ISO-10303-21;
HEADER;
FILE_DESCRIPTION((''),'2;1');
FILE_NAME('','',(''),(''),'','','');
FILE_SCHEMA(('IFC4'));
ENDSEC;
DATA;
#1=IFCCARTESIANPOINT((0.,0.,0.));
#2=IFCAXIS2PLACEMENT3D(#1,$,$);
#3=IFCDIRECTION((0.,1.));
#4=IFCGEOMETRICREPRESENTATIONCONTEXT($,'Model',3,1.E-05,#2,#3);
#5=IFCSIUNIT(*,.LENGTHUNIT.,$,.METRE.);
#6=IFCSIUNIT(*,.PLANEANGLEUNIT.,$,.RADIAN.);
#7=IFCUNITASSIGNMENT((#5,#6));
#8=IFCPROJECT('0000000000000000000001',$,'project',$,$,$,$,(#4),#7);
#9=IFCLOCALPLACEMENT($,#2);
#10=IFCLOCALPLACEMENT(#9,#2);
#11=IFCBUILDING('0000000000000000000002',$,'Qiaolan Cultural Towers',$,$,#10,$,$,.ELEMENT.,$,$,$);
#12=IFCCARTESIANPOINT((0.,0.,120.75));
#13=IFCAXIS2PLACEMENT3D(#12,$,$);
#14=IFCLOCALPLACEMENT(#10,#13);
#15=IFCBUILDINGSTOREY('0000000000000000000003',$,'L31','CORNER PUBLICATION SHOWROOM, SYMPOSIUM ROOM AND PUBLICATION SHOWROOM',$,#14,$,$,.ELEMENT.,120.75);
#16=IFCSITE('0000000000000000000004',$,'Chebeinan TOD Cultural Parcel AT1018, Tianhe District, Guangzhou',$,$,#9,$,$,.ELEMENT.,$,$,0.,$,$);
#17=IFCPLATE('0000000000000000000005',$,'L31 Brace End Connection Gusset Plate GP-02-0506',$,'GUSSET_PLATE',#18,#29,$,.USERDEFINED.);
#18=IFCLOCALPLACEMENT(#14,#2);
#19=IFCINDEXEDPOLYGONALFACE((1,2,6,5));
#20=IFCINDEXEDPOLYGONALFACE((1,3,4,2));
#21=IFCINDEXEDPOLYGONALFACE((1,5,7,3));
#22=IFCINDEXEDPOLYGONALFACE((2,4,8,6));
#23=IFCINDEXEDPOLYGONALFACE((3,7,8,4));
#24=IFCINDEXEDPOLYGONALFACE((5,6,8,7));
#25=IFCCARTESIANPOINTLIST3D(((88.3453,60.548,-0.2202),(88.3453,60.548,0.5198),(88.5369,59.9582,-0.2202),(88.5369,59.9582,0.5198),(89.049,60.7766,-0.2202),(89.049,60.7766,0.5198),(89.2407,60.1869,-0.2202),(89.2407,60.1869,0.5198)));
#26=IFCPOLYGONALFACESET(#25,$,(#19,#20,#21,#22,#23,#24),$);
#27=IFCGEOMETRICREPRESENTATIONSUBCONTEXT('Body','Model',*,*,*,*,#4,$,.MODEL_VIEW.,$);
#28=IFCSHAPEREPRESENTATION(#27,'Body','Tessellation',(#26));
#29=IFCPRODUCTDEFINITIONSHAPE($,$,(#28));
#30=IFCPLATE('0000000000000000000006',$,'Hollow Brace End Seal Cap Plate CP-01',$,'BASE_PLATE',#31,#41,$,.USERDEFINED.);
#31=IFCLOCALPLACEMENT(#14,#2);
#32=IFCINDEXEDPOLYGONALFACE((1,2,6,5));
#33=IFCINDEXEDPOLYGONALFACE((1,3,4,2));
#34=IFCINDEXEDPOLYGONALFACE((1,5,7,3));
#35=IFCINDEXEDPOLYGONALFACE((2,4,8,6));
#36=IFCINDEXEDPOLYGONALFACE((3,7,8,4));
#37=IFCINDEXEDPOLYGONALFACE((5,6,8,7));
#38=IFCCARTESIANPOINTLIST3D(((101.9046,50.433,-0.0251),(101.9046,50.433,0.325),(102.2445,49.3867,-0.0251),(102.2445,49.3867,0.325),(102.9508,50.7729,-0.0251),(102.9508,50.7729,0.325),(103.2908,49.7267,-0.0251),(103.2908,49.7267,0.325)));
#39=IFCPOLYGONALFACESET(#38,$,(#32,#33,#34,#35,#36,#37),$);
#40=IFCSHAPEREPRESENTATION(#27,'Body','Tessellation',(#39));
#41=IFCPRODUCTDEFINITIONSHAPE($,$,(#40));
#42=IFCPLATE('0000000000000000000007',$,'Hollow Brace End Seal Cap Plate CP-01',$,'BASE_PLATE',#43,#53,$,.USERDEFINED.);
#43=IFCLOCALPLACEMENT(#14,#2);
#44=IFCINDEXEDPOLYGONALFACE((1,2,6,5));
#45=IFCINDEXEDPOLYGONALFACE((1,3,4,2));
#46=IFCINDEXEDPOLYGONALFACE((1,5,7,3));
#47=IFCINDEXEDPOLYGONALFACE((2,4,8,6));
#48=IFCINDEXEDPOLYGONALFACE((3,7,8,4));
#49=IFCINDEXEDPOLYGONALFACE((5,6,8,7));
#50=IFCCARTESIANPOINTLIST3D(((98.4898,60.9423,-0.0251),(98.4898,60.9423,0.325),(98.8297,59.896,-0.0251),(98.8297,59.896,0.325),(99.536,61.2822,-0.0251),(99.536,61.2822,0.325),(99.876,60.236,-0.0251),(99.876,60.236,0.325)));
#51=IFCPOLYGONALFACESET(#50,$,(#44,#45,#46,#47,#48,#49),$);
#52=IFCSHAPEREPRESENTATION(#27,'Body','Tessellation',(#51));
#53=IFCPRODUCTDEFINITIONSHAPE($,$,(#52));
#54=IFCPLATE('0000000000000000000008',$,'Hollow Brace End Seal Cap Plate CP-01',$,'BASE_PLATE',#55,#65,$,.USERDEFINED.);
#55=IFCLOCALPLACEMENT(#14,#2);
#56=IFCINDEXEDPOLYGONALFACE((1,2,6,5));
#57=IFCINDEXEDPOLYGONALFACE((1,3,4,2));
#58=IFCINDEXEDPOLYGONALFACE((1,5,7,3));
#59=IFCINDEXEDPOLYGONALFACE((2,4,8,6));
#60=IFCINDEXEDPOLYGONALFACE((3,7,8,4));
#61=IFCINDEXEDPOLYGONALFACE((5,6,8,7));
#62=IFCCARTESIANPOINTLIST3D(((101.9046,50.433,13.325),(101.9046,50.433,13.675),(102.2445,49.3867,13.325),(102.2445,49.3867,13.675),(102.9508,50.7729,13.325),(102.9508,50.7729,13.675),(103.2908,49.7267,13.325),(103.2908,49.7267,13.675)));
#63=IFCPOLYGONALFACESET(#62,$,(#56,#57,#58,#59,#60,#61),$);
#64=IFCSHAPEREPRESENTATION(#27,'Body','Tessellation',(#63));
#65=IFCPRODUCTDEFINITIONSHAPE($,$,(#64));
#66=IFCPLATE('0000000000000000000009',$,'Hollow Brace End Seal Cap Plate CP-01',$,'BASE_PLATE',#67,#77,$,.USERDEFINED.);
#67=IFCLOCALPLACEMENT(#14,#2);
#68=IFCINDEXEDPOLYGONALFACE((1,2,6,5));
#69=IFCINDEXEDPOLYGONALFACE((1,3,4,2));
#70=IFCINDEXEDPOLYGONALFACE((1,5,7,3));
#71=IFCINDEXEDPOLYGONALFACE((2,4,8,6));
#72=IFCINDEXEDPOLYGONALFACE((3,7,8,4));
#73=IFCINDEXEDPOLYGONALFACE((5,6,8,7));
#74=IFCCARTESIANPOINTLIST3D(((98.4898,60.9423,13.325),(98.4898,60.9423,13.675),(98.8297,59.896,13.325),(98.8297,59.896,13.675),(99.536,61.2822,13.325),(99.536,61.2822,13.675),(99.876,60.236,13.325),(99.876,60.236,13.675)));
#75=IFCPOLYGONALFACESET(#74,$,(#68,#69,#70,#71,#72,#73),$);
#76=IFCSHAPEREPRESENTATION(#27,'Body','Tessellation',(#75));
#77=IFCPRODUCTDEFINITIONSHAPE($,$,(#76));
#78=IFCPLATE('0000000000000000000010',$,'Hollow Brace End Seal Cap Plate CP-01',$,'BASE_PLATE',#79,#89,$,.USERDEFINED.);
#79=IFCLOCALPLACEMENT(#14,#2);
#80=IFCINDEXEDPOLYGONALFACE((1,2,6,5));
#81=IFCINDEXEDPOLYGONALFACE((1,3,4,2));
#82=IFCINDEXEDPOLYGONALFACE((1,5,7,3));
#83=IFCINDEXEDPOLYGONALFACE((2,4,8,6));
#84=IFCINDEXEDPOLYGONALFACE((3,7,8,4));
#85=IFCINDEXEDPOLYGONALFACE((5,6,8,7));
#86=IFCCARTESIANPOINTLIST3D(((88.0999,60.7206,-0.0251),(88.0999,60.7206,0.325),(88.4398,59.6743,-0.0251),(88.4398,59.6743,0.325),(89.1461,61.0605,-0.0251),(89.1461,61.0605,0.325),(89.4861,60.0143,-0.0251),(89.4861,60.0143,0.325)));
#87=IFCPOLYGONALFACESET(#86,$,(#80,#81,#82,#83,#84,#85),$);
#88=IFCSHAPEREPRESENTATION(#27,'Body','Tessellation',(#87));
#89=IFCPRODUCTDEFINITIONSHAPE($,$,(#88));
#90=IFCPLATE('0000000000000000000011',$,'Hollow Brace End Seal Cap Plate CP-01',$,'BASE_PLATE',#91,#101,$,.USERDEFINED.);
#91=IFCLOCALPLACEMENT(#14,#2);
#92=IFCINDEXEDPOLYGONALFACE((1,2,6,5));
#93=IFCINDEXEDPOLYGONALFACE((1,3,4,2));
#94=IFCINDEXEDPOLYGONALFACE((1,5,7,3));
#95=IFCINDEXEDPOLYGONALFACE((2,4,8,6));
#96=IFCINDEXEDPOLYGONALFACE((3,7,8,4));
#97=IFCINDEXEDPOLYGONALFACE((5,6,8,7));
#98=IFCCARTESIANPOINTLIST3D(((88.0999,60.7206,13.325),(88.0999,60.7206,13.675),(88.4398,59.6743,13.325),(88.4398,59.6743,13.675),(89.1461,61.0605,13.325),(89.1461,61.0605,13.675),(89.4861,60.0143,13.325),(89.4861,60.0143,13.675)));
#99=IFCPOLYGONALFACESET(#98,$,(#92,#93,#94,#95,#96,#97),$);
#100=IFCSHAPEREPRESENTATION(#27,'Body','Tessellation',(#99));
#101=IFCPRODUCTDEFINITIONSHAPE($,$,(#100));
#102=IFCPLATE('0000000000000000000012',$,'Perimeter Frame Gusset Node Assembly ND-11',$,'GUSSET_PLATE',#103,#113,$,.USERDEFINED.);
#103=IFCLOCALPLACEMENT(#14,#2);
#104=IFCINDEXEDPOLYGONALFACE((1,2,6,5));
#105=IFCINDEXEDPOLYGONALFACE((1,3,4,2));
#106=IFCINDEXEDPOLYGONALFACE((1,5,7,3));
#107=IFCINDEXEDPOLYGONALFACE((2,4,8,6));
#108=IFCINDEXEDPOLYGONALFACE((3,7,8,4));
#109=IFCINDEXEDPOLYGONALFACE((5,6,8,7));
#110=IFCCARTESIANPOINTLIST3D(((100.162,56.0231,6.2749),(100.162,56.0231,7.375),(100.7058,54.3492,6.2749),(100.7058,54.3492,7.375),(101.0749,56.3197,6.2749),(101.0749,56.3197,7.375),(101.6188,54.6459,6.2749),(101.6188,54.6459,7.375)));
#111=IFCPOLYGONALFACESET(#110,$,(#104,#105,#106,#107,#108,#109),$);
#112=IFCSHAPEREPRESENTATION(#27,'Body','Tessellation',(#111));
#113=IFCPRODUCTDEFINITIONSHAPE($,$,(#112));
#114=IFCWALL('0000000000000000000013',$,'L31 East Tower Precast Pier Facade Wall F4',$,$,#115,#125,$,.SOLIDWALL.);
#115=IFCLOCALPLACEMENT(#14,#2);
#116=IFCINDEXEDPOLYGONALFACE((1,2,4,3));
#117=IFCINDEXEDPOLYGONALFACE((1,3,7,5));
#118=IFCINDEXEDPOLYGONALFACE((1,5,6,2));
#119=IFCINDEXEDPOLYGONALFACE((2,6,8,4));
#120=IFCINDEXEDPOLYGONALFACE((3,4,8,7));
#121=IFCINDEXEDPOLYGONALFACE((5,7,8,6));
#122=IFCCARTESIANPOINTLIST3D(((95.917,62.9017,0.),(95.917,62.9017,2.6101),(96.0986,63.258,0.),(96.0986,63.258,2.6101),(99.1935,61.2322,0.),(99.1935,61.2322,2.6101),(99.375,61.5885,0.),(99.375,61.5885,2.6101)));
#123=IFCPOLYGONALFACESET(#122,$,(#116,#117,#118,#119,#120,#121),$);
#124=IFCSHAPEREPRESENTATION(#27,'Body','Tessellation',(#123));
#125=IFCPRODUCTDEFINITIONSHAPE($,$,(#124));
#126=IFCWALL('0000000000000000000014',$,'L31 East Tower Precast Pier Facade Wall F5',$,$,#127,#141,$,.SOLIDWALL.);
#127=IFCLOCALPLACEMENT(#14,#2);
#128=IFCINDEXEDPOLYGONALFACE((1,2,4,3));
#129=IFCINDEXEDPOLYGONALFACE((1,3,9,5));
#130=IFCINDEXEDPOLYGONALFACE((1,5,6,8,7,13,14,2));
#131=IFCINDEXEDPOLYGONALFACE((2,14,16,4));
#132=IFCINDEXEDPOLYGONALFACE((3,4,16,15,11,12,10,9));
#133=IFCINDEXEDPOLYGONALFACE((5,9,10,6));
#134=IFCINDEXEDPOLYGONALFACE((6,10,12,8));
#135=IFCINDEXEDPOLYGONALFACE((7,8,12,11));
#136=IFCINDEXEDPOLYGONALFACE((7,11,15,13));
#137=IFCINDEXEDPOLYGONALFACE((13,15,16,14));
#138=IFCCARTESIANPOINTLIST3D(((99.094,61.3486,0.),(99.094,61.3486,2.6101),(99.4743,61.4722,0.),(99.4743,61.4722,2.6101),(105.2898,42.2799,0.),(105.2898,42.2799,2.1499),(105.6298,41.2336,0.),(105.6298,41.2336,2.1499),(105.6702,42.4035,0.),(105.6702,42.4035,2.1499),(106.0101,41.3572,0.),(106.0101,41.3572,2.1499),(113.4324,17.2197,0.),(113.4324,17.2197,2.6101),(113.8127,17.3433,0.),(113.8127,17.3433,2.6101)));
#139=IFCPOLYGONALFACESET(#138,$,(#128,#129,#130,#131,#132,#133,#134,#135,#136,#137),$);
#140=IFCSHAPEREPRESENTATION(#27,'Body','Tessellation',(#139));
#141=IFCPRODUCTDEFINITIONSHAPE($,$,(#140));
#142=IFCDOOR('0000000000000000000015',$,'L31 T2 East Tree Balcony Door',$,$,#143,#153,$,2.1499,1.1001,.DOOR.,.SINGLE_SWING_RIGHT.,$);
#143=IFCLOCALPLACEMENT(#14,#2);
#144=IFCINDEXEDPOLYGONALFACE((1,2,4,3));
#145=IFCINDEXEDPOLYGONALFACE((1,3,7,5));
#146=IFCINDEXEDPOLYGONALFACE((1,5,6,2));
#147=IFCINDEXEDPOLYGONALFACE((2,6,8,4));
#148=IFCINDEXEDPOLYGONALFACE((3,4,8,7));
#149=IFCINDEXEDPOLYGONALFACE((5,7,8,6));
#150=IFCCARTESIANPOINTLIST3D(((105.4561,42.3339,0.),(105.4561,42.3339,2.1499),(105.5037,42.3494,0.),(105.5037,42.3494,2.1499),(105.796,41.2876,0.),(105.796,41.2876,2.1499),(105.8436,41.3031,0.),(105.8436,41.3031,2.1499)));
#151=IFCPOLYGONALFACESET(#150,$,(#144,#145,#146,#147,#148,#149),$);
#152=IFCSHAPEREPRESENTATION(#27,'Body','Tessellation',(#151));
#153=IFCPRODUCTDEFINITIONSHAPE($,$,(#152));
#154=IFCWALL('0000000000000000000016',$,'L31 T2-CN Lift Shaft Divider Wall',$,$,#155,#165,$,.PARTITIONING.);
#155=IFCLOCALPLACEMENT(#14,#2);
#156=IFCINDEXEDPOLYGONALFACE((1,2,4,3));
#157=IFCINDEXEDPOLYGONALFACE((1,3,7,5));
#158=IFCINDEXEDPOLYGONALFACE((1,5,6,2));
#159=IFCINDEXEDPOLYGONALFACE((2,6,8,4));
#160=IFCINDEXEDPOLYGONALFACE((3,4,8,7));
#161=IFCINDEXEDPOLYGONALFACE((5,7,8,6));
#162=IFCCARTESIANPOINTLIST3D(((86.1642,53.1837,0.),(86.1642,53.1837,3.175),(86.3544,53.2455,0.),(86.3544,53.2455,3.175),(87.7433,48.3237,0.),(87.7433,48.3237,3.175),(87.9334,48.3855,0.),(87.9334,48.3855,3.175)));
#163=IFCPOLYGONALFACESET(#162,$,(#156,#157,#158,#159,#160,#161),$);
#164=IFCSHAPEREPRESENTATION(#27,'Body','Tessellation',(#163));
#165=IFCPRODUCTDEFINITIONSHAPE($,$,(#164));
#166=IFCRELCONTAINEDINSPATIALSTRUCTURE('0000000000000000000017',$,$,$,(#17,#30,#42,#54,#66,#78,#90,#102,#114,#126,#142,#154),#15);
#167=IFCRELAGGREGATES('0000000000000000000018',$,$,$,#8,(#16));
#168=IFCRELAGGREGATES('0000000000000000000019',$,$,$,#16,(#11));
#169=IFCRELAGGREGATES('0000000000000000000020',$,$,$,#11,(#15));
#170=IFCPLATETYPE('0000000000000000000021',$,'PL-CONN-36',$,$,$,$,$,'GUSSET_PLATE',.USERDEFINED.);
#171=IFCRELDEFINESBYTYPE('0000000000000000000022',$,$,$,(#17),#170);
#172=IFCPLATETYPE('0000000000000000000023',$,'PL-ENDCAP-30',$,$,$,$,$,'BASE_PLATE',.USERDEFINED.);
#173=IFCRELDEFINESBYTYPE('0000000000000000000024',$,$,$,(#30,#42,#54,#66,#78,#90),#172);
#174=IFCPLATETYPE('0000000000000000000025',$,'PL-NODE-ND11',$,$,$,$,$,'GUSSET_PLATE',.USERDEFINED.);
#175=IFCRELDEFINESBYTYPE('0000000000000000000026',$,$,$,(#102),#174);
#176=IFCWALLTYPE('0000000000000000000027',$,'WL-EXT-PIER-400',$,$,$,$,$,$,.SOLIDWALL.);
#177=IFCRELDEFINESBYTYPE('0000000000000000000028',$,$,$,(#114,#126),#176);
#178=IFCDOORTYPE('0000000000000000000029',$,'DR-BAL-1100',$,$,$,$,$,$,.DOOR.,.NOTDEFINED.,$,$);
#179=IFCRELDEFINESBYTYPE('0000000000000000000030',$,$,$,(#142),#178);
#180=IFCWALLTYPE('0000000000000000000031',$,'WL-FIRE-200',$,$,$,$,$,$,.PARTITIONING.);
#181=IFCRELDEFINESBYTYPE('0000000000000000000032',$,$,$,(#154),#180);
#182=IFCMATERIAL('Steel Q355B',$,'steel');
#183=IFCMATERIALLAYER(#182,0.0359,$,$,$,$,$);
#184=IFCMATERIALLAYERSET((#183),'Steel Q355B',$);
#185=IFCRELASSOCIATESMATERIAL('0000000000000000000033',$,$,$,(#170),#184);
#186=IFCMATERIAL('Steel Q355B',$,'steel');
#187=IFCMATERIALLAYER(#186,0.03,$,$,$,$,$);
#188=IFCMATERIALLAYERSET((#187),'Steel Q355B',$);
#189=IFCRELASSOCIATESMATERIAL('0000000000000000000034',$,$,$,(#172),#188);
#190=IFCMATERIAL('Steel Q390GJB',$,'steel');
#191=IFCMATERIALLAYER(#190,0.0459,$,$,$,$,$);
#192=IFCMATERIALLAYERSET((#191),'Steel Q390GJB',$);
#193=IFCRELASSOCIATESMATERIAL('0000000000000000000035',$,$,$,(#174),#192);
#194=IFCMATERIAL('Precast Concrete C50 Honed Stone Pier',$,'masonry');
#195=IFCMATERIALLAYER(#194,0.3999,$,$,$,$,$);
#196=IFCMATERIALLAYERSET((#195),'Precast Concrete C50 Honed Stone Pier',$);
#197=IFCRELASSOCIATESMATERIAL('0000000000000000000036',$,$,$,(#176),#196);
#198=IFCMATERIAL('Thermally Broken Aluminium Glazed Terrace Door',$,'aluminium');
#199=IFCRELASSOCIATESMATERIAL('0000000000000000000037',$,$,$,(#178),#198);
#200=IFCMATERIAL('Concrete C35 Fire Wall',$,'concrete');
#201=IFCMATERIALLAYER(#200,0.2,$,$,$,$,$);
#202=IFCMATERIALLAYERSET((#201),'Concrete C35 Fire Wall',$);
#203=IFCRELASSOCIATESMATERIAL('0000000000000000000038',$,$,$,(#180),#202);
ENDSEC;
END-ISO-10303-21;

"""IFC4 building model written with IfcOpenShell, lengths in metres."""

from ifc_helpers import new_model, si_unit, direction, frame, frame_2d, origin, origin_2d, place, context, subcontext, project, spatial, rectangle, extrude, material, layer, layer_set, type_object, element, fill, save


model = new_model("IFC4")

# Units and contexts
model_context = context("Model", 3, precision=1e-05, world=origin(), true_north=direction((0.0, 1.0)))
body_context = subcontext(model_context, "Body", "Model", "MODEL_VIEW")
ifc_project = project(units=[si_unit("LENGTHUNIT", "METRE"), si_unit("PLANEANGLEUNIT", "RADIAN")], contexts=[model_context])

# Site, building, storey
site_placement = place(None, origin())
site = spatial("IfcSite", under=ifc_project, at=site_placement, Name="Chebeinan TOD Cultural Parcel AT1018, Tianhe District, Guangzhou", CompositionType="ELEMENT", RefElevation=0.0)
building_placement = place(site_placement, origin())
building = spatial("IfcBuilding", under=site, at=building_placement, Name="Qiaolan Cultural Towers", CompositionType="ELEMENT")
storey_placement = place(building_placement, frame((0.0, 0.0, 120.75)))
storey = spatial("IfcBuildingStorey", under=building, at=storey_placement, Name="L31", Description="CORNER PUBLICATION SHOWROOM, SYMPOSIUM ROOM AND PUBLICATION SHOWROOM", CompositionType="ELEMENT", Elevation=120.75)

# Plates
ifc_material_1 = material(Name="Steel Q355B", Category="steel")
ifc_layer_1 = layer(ifc_material_1, 0.0359)
ifc_layer_set_1 = layer_set([ifc_layer_1], Name="Steel Q355B")
plate_type_1 = type_object("IfcPlateType", Name="PL-CONN-36", ElementType="GUSSET_PLATE", PredefinedType="USERDEFINED", material=ifc_layer_set_1)
for number, where, z_axis, x_axis, name in (
    (1, (88.793, 60.3674, -0.2202), (0.0, 0.0, 1.0), (0.951057, 0.309017, 0.0), "L31 Brace End Connection Gusset Plate GP-02-0506"),
):
    element("IfcPlate", number, at=place(storey_placement, frame(where, z_axis=z_axis, x_axis=x_axis)), inside=storey, type_object=plate_type_1, Name=name, ObjectType="GUSSET_PLATE", PredefinedType="USERDEFINED", context=body_context, shape_type="SweptSolid", body=[
        extrude(rectangle(XDim=0.74, YDim=0.6201, at=origin_2d()), origin(), (0.0, 0.0, 1.0), 0.74),
    ])
ifc_material_2 = material(Name="Steel Q355B", Category="steel")
ifc_layer_2 = layer(ifc_material_2, 0.03)
ifc_layer_set_2 = layer_set([ifc_layer_2], Name="Steel Q355B")
plate_type_2 = type_object("IfcPlateType", Name="PL-ENDCAP-30", ElementType="BASE_PLATE", PredefinedType="USERDEFINED", material=ifc_layer_set_2)
for number, where, z_axis, x_axis, name in (
    (2, (102.5977, 50.0798, -0.0251), (0.0, 0.0, 1.0), (-0.309017, 0.951057, 0.0), "Hollow Brace End Seal Cap Plate CP-01"),
    (3, (99.1829, 60.5891, -0.0251), (0.0, 0.0, 1.0), (-0.309017, 0.951057, 0.0), "Hollow Brace End Seal Cap Plate CP-01"),
    (4, (102.5977, 50.0798, 13.325), (0.0, 0.0, 1.0), (-0.309017, 0.951057, 0.0), "Hollow Brace End Seal Cap Plate CP-01"),
    (5, (99.1829, 60.5891, 13.325), (0.0, 0.0, 1.0), (-0.309017, 0.951057, 0.0), "Hollow Brace End Seal Cap Plate CP-01"),
    (6, (88.793, 60.3674, -0.0251), (0.0, 0.0, 1.0), (0.951057, 0.309017, 0.0), "Hollow Brace End Seal Cap Plate CP-01"),
    (7, (88.793, 60.3674, 13.325), (0.0, 0.0, 1.0), (0.951057, 0.309017, 0.0), "Hollow Brace End Seal Cap Plate CP-01"),
):
    element("IfcPlate", number, at=place(storey_placement, frame(where, z_axis=z_axis, x_axis=x_axis)), inside=storey, type_object=plate_type_2, Name=name, ObjectType="BASE_PLATE", PredefinedType="USERDEFINED", context=body_context, shape_type="SweptSolid", body=[
        extrude(rectangle(XDim=1.1001, YDim=1.1001, at=origin_2d()), origin(), (0.0, 0.0, 1.0), 0.3501),
    ])
ifc_material_3 = material(Name="Steel Q390GJB", Category="steel")
ifc_layer_3 = layer(ifc_material_3, 0.0459)
ifc_layer_set_3 = layer_set([ifc_layer_3], Name="Steel Q390GJB")
plate_type_3 = type_object("IfcPlateType", Name="PL-NODE-ND11", ElementType="GUSSET_PLATE", PredefinedType="USERDEFINED", material=ifc_layer_set_3)
plate_placement = place(storey_placement, frame((100.8904, 55.3345, 6.2749), z_axis=(0.0, 0.0, 1.0), x_axis=(-0.309017, 0.951057, 0.0)))
element("IfcPlate", 8, at=plate_placement, inside=storey, type_object=plate_type_3, Name="Perimeter Frame Gusset Node Assembly ND-11", ObjectType="GUSSET_PLATE", PredefinedType="USERDEFINED", context=body_context, shape_type="SweptSolid", body=[
    extrude(rectangle(XDim=1.76, YDim=0.96, at=origin_2d()), origin(), (0.0, 0.0, 1.0), 1.1001),
])

# Wall
ifc_material_4 = material(Name="Precast Concrete C50 Honed Stone Pier", Category="masonry")
ifc_layer_4 = layer(ifc_material_4, 0.3999)
ifc_layer_set_4 = layer_set([ifc_layer_4], Name="Precast Concrete C50 Honed Stone Pier")
wall_type_1 = type_object("IfcWallType", Name="WL-EXT-PIER-400", PredefinedType="SOLIDWALL", material=ifc_layer_set_4)
wall_1_placement = place(storey_placement, frame((96.0078, 63.0798, 0.0), z_axis=(0.0, 0.0, 1.0), x_axis=(0.891002, -0.453999, 0.0)))
element("IfcWall", 9, at=wall_1_placement, inside=storey, type_object=wall_type_1, Name="L31 East Tower Precast Pier Facade Wall F4", PredefinedType="SOLIDWALL", context=body_context, shape_type="SweptSolid", body=[
    extrude(rectangle(XDim=3.6772, YDim=0.3999, at=frame_2d((1.8386, 0.0))), origin(), (0.0, 0.0, 1.0), 2.6101),
])

# Wall, opening, door
wall_2_placement = place(storey_placement, frame((99.2842, 61.4104, 0.0), z_axis=(0.0, 0.0, 1.0), x_axis=(0.309018, -0.951056, 0.0)))
wall_2 = element("IfcWall", 10, at=wall_2_placement, inside=storey, type_object=wall_type_1, Name="L31 East Tower Precast Pier Facade Wall F5", PredefinedType="SOLIDWALL", context=body_context, shape_type="SweptSolid", body=[
    extrude(rectangle(XDim=46.3999, YDim=0.3999, at=frame_2d((23.2, 0.0))), origin(), (0.0, 0.0, 1.0), 2.6101),
])
opening_1_placement = place(wall_2_placement, frame((20.05, 0.0, 0.0)))
opening_1 = element("IfcOpeningElement", 11, at=opening_1_placement, cuts=wall_2, PredefinedType="OPENING", context=body_context, shape_type="SweptSolid", body=[
    extrude(rectangle(XDim=1.1001, YDim=2.1499, at=frame_2d((0.55, 1.075))), frame((0.0, 0.21, 0.0), z_axis=(0.0, -1.0, 0.0), x_axis=(1.0, 0.0, 0.0)), (0.0, 0.0, 1.0), 0.4199),
])
ifc_material_5 = material(Name="Thermally Broken Aluminium Glazed Terrace Door", Category="aluminium")
door_type_1 = type_object("IfcDoorType", Name="DR-BAL-1100", OperationType="NOTDEFINED", PredefinedType="DOOR", material=ifc_material_5)
door_1_placement = place(opening_1_placement, origin())
door_1 = element("IfcDoor", 12, at=door_1_placement, inside=storey, type_object=door_type_1, Name="L31 T2 East Tree Balcony Door", OperationType="SINGLE_SWING_RIGHT", OverallHeight=2.1499, OverallWidth=1.1001, PredefinedType="DOOR", context=body_context, shape_type="SweptSolid", body=[
    extrude(rectangle(XDim=1.1001, YDim=2.1499, at=frame_2d((0.55, 1.075))), frame((0.0, 0.0249, 0.0), z_axis=(0.0, -1.0, 0.0), x_axis=(1.0, 0.0, 0.0)), (0.0, 0.0, 1.0), 0.05),
])
fill(opening_1, door_1)

# Wall
ifc_material_6 = material(Name="Concrete C35 Fire Wall", Category="concrete")
ifc_layer_5 = layer(ifc_material_6, 0.2)
ifc_layer_set_5 = layer_set([ifc_layer_5], Name="Concrete C35 Fire Wall")
wall_type_2 = type_object("IfcWallType", Name="WL-FIRE-200", PredefinedType="PARTITIONING", material=ifc_layer_set_5)
wall_3_placement = place(storey_placement, frame((87.8384, 48.3545, 0.0), z_axis=(0.0, 0.0, 1.0), x_axis=(-0.309009, 0.951059, 0.0)))
element("IfcWall", 13, at=wall_3_placement, inside=storey, type_object=wall_type_2, Name="L31 T2-CN Lift Shaft Divider Wall", PredefinedType="PARTITIONING", context=body_context, shape_type="SweptSolid", body=[
    extrude(rectangle(XDim=5.1101, YDim=0.2, at=frame_2d((2.5552, 0.0))), origin(), (0.0, 0.0, 1.0), 3.175),
])

save(model, "model.ifc")
